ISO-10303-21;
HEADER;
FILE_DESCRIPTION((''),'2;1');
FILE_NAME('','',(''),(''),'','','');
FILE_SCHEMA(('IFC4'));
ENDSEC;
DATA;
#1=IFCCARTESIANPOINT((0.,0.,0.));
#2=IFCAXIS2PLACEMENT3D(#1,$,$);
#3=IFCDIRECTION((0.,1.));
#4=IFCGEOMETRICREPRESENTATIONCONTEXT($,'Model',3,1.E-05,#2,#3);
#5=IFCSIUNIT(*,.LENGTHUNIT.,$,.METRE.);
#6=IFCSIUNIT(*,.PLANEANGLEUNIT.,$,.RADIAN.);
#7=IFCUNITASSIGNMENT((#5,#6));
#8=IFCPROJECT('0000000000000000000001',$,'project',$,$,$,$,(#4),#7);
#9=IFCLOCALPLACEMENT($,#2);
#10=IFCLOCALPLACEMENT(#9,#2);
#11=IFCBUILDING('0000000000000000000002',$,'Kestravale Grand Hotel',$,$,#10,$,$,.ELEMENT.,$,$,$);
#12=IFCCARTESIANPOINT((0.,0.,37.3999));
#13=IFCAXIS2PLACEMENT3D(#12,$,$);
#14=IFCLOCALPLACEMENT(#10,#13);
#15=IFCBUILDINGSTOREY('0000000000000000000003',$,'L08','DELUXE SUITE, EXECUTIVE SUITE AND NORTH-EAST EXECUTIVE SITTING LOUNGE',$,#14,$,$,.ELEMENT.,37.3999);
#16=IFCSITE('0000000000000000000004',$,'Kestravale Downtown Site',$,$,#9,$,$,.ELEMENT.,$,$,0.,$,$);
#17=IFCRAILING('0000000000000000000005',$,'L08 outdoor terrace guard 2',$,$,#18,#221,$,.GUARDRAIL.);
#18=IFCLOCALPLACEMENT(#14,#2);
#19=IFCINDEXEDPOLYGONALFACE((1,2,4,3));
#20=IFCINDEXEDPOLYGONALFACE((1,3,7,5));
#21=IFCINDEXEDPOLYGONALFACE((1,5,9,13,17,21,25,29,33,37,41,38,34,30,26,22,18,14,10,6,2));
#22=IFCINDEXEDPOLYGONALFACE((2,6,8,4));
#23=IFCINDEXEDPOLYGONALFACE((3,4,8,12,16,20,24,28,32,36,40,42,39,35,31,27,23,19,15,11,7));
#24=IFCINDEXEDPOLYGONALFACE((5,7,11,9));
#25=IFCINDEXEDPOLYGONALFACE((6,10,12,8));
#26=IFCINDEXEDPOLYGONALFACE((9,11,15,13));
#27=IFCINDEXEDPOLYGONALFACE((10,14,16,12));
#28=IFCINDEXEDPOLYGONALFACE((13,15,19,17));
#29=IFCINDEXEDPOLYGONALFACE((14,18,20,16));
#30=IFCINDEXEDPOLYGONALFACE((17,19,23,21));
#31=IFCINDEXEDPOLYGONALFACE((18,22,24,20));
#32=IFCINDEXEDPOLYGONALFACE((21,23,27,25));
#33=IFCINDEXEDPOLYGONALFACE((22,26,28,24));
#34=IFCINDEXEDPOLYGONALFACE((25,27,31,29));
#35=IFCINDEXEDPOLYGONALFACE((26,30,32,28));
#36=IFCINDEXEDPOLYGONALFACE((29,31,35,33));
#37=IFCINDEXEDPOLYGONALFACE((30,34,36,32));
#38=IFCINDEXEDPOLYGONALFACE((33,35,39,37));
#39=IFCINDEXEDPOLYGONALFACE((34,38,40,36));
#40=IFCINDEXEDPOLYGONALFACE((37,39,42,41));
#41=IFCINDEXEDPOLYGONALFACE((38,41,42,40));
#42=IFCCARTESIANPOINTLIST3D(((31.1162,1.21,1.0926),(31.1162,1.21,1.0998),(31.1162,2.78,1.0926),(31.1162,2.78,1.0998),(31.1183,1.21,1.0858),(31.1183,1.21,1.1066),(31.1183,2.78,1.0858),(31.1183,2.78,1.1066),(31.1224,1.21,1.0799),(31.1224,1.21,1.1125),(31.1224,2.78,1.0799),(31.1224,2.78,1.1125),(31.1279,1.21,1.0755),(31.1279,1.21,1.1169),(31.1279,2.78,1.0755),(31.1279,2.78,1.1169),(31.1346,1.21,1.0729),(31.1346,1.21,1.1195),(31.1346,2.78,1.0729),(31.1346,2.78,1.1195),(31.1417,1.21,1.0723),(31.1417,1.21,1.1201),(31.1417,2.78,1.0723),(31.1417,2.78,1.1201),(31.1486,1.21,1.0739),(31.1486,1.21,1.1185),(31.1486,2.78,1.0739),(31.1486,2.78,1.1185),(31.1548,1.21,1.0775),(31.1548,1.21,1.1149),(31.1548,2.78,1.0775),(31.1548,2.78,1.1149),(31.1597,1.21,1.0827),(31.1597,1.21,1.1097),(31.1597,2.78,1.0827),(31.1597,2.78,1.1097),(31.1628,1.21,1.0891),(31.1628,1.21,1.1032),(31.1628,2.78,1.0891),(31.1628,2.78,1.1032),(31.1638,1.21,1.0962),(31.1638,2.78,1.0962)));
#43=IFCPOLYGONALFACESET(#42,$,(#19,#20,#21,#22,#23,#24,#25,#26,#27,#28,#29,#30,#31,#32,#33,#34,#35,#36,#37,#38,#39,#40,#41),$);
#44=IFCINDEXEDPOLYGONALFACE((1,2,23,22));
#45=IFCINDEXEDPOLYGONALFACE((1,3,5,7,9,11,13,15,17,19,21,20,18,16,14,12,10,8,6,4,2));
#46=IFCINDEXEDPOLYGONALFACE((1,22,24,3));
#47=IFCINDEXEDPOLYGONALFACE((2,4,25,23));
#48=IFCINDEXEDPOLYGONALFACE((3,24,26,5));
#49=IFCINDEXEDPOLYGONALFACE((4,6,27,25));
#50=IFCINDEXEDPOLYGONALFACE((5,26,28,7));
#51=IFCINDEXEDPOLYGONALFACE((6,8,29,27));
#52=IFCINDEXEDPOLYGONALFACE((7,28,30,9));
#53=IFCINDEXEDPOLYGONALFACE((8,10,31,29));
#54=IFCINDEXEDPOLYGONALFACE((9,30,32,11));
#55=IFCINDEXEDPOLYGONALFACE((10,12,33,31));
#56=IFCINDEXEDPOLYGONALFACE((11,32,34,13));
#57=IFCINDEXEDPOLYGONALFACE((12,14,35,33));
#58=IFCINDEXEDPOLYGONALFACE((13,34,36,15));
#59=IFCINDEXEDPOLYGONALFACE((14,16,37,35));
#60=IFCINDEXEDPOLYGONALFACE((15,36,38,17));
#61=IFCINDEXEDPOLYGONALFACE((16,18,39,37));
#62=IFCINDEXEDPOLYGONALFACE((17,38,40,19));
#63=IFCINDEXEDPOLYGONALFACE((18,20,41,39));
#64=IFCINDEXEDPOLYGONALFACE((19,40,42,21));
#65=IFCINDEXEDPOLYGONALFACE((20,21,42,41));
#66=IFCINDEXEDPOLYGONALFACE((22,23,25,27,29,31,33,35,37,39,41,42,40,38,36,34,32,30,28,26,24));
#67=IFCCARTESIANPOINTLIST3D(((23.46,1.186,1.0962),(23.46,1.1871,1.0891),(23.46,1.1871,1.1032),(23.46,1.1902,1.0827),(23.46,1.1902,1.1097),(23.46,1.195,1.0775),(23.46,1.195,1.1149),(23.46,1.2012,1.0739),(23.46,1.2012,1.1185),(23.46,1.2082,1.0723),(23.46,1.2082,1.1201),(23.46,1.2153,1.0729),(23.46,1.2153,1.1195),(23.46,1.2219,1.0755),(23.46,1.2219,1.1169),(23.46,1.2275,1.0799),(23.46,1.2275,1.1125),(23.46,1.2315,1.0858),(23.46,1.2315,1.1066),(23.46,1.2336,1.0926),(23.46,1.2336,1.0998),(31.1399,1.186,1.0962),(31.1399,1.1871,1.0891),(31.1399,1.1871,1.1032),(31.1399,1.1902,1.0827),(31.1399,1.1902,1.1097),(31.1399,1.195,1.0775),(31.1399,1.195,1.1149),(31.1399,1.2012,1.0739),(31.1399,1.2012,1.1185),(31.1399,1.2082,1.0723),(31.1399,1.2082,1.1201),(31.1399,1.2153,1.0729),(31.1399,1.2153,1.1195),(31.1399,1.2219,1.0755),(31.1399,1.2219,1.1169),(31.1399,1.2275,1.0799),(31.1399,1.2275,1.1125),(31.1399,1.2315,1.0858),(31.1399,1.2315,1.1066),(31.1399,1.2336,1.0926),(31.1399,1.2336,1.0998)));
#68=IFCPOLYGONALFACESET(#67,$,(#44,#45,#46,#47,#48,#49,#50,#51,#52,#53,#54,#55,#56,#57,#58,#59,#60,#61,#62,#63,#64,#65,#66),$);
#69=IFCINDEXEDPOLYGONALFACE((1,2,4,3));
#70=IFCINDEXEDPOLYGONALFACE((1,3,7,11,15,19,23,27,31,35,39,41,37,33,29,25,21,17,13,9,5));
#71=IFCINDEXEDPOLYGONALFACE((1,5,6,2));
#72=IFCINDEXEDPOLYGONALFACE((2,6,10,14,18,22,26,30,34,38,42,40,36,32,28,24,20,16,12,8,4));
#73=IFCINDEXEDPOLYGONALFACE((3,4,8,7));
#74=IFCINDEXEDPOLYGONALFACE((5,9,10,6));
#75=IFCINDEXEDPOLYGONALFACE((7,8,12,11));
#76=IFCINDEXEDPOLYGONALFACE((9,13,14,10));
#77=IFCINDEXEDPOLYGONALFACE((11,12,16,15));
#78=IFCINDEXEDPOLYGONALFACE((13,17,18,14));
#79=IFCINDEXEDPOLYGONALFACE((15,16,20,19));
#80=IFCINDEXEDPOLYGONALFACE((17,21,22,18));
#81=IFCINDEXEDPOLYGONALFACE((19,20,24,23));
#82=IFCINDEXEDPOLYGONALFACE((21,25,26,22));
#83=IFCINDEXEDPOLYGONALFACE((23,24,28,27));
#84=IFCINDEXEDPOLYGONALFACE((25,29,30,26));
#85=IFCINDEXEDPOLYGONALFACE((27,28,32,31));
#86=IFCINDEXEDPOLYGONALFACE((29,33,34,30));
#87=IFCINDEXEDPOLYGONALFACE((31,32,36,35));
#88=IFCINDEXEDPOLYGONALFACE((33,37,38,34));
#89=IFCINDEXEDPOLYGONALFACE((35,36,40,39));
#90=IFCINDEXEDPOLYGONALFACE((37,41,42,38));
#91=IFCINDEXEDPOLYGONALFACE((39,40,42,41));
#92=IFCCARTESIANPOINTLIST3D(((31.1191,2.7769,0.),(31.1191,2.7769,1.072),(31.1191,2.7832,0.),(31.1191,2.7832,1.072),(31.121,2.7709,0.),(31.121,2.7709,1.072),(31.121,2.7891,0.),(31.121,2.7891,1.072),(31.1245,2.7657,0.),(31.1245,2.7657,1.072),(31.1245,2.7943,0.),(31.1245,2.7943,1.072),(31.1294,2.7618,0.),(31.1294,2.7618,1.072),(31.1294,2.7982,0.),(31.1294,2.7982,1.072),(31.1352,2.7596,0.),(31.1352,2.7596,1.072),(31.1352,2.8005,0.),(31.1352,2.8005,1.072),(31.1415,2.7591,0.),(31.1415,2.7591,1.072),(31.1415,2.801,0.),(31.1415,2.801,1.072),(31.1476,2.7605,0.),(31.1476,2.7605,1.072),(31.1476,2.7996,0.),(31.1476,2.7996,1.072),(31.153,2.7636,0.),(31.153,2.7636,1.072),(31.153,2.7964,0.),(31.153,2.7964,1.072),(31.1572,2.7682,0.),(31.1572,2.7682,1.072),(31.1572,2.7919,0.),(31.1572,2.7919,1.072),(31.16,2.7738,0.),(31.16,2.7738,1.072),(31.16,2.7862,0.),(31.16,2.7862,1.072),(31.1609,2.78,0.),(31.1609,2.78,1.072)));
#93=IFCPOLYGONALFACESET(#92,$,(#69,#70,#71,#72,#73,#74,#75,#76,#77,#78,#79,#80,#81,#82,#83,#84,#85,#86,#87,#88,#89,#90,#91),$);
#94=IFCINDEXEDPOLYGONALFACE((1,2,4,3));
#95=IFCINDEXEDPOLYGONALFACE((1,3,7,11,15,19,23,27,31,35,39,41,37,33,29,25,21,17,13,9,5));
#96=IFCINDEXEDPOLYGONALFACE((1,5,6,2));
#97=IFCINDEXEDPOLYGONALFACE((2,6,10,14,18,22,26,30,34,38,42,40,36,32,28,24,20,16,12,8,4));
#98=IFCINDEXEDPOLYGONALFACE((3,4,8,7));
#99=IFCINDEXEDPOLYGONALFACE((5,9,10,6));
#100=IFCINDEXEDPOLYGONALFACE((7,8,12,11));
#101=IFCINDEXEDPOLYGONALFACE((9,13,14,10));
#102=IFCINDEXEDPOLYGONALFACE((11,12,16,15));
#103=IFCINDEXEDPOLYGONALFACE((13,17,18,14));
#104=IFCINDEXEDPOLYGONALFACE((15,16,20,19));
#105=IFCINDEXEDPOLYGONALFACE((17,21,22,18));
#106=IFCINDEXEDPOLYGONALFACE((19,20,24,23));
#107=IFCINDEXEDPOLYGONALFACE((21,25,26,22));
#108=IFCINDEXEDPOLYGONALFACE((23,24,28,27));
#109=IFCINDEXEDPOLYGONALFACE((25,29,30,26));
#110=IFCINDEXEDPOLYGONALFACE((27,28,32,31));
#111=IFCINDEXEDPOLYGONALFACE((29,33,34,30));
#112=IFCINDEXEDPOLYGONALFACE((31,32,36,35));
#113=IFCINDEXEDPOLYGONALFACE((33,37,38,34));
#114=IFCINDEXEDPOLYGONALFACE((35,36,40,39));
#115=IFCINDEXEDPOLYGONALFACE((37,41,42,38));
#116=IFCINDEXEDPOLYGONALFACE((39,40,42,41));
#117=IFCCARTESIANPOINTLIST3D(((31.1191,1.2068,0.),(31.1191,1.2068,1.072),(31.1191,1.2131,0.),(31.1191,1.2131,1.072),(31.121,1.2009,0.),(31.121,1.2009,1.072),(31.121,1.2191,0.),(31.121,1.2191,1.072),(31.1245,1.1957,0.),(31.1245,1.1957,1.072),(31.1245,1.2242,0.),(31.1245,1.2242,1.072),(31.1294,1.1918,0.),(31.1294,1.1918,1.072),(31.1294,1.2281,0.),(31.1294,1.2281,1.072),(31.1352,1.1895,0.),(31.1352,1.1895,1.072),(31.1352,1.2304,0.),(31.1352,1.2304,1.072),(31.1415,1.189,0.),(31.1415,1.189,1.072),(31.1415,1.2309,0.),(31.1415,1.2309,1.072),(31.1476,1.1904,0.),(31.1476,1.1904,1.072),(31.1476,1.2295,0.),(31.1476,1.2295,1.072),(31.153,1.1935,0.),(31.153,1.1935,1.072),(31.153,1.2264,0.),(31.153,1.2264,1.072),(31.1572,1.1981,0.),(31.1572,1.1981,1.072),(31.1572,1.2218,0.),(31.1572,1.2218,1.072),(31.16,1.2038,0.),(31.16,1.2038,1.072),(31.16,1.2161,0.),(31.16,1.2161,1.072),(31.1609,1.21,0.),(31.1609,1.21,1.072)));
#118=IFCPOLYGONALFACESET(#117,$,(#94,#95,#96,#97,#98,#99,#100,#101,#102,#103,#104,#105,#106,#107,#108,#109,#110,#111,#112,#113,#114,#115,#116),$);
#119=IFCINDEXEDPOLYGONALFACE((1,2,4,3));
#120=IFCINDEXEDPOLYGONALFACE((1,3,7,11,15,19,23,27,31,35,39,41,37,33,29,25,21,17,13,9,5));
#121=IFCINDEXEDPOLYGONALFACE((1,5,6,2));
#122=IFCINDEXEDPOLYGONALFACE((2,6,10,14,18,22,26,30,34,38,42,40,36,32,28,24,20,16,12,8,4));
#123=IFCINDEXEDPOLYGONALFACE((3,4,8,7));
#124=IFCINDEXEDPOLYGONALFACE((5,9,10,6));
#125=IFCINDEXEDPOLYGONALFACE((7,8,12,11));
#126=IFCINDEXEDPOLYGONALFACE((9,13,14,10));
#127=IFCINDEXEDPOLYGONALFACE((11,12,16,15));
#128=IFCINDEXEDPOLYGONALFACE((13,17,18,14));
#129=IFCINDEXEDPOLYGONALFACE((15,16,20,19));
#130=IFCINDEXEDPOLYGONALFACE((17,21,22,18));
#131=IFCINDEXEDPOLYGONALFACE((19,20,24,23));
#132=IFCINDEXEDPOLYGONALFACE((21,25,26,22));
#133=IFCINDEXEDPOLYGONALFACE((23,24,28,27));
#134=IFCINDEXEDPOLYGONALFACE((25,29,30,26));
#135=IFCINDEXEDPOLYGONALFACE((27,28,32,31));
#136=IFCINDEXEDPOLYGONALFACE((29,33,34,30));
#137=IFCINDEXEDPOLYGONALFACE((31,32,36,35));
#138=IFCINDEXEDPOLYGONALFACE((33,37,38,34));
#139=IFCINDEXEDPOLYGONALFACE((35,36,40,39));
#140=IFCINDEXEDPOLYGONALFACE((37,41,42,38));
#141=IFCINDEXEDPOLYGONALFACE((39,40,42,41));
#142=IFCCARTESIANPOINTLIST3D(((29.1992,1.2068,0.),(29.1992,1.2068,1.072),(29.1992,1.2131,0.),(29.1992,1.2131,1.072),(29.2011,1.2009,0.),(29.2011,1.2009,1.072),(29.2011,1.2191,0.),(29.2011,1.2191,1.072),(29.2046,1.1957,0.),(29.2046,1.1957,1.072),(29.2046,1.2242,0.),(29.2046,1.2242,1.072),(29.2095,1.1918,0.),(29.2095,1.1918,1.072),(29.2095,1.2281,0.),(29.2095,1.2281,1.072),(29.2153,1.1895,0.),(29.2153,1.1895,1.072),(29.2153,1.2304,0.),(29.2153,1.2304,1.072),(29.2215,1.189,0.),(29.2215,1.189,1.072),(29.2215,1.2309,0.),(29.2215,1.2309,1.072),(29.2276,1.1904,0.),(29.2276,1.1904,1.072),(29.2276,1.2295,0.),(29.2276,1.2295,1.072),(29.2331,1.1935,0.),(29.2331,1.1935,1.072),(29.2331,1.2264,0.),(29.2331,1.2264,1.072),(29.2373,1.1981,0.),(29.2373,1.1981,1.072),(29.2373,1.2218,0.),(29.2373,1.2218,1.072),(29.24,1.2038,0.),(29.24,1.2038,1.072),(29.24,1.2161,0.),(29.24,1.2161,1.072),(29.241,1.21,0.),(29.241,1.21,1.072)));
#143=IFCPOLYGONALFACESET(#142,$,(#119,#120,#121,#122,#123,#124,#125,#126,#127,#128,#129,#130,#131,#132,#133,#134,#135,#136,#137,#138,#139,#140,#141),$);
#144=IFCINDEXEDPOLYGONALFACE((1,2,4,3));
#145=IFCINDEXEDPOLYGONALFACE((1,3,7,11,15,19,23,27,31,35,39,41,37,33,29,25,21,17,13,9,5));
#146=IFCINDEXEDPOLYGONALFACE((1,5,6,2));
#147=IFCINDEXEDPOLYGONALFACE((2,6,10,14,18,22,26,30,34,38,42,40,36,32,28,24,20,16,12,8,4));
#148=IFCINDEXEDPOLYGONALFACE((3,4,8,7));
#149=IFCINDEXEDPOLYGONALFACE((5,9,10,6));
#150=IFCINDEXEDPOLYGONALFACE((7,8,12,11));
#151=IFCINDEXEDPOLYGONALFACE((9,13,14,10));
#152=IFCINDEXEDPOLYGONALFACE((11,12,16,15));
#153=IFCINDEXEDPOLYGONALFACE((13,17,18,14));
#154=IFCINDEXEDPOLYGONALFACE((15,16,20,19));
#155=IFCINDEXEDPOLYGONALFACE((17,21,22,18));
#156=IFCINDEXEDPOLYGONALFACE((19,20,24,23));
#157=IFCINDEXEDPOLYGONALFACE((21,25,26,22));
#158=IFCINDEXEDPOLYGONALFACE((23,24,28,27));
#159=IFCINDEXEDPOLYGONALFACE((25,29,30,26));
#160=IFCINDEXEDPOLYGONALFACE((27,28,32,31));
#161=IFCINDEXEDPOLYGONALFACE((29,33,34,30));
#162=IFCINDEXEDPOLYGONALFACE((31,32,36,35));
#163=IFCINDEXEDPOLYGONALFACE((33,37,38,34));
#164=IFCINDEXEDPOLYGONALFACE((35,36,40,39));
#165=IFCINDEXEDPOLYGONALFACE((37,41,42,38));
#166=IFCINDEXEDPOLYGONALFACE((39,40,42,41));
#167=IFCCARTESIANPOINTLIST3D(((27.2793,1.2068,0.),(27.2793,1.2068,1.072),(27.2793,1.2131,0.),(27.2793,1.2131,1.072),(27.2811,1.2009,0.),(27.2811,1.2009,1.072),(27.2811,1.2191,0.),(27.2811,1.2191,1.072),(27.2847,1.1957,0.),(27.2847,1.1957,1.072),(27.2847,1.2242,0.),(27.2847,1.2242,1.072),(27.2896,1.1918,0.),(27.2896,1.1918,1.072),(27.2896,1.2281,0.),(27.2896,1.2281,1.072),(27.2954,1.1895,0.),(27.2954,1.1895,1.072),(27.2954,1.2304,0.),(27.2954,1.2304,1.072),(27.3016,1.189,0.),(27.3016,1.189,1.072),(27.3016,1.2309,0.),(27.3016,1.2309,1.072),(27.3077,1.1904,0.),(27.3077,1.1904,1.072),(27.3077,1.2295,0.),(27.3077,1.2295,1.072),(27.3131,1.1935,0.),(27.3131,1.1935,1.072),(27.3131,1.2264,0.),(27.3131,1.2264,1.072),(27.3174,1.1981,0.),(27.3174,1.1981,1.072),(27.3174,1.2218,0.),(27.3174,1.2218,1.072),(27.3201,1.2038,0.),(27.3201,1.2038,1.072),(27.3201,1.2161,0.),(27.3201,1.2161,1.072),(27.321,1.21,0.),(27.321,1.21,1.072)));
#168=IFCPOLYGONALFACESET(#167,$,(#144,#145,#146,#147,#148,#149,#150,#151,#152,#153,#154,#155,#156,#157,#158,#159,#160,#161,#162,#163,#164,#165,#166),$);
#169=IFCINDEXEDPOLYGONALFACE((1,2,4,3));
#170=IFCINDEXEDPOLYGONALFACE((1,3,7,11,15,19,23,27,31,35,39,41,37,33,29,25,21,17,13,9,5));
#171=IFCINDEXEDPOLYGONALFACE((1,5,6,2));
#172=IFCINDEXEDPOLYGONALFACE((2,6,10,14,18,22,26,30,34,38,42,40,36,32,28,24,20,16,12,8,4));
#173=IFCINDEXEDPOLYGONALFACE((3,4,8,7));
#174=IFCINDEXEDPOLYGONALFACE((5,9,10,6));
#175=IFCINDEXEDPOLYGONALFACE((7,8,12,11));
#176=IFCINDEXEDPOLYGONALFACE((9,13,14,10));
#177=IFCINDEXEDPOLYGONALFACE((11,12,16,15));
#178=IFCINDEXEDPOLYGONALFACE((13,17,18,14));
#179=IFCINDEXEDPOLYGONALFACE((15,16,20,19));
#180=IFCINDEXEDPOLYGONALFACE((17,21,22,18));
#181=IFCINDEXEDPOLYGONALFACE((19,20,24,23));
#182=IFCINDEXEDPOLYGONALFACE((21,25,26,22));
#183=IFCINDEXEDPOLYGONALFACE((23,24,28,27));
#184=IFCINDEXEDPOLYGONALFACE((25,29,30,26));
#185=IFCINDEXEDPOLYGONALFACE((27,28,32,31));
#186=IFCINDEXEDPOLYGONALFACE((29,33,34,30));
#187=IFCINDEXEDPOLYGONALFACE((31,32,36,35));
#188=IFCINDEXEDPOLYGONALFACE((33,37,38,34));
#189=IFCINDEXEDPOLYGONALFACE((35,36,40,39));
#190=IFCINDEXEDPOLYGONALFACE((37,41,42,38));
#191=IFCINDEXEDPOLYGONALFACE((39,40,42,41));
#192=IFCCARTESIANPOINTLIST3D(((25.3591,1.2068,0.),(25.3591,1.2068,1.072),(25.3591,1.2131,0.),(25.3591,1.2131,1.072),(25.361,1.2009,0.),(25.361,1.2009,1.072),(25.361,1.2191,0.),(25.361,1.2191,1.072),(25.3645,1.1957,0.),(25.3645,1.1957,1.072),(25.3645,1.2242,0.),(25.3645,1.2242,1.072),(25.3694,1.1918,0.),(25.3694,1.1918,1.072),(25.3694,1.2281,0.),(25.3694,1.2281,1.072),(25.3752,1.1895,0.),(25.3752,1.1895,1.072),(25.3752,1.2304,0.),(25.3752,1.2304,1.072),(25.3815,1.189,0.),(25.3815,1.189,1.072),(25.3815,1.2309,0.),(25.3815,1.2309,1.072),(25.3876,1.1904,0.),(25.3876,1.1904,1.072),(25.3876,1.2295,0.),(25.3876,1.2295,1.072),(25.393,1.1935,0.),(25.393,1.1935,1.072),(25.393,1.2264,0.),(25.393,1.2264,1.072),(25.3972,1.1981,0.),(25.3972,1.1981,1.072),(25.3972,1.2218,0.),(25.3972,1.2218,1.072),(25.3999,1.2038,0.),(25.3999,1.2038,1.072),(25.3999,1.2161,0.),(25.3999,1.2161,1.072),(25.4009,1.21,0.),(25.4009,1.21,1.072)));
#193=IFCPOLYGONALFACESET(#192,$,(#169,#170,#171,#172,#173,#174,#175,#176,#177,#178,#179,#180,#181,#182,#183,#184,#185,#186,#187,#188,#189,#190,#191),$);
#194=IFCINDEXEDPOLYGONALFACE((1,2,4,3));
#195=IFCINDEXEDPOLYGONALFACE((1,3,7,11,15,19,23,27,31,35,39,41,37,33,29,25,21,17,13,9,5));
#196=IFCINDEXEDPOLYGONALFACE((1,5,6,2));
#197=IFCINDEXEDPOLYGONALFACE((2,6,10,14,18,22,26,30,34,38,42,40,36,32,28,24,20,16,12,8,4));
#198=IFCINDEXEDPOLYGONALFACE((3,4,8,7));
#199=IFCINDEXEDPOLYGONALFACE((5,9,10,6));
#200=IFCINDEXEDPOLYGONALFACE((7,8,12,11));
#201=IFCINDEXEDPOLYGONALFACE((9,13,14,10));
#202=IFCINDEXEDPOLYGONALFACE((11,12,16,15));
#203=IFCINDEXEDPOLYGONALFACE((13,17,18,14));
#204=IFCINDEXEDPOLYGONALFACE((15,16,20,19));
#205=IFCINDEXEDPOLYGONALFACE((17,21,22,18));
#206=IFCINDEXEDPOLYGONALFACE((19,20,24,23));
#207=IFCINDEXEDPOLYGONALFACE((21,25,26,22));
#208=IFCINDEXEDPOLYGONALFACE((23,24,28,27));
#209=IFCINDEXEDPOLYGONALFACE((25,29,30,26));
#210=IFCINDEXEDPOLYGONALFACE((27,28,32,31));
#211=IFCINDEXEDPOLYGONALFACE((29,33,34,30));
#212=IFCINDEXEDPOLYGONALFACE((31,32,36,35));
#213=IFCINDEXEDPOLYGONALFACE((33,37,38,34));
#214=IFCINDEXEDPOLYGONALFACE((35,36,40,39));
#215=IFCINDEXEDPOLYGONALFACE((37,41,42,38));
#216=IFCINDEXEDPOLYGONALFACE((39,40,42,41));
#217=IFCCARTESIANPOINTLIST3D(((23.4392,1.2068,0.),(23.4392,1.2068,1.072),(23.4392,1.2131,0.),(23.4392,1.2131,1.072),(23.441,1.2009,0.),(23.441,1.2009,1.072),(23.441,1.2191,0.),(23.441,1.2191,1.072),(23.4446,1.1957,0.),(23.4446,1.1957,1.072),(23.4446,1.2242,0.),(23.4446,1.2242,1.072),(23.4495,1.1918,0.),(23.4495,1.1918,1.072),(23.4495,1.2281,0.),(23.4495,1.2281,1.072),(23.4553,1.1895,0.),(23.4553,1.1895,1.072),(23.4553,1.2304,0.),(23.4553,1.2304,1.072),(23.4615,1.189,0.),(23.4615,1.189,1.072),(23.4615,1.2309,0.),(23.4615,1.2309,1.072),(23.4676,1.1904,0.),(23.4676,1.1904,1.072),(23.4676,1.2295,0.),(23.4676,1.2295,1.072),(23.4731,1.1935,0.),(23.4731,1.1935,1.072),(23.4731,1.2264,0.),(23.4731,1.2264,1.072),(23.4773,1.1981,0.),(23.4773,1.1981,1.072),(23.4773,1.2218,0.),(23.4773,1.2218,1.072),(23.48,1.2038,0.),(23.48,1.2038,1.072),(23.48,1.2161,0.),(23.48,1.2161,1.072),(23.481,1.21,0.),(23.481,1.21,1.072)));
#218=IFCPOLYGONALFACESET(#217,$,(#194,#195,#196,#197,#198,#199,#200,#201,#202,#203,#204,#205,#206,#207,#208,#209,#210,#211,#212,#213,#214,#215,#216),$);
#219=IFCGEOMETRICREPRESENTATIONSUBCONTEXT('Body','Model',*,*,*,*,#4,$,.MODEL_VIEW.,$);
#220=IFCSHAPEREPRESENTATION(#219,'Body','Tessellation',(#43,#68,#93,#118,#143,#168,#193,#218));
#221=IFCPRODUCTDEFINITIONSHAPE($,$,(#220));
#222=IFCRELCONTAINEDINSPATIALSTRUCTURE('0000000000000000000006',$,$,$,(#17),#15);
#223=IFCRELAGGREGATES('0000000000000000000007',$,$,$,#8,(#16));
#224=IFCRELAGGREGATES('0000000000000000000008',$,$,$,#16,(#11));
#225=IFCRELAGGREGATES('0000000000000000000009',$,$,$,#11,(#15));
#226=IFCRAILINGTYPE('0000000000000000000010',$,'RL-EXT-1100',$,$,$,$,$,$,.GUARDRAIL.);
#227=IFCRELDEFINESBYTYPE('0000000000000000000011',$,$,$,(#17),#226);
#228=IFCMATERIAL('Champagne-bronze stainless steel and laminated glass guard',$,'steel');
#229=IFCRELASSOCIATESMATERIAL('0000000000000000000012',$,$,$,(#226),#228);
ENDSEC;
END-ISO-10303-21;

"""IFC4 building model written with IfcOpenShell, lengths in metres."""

from ifc_helpers import new_model, si_unit, direction, frame, origin, origin_2d, place, context, subcontext, project, spatial, circle, extrude, material, type_object, element, save


model = new_model("IFC4")

# Units and contexts
model_context = context("Model", 3, precision=1e-05, world=origin(), true_north=direction((0.0, 1.0)))
body_context = subcontext(model_context, "Body", "Model", "MODEL_VIEW")
ifc_project = project(units=[si_unit("LENGTHUNIT", "METRE"), si_unit("PLANEANGLEUNIT", "RADIAN")], contexts=[model_context])

# Site, building, storey
site_placement = place(None, origin())
site = spatial("IfcSite", under=ifc_project, at=site_placement, Name="Kestravale Downtown Site", CompositionType="ELEMENT", RefElevation=0.0)
building_placement = place(site_placement, origin())
building = spatial("IfcBuilding", under=site, at=building_placement, Name="Kestravale Grand Hotel", CompositionType="ELEMENT")
storey_placement = place(building_placement, frame((0.0, 0.0, 37.3999)))
storey = spatial("IfcBuildingStorey", under=building, at=storey_placement, Name="L08", Description="DELUXE SUITE, EXECUTIVE SUITE AND NORTH-EAST EXECUTIVE SITTING LOUNGE", CompositionType="ELEMENT", Elevation=37.3999)

# Railing
ifc_material_1 = material(Name="Champagne-bronze stainless steel and laminated glass guard", Category="steel")
railing_type = type_object("IfcRailingType", Name="RL-EXT-1100", PredefinedType="GUARDRAIL", material=ifc_material_1)
railing_1_placement = place(storey_placement, frame((31.1399, 2.78, 0.0)))
element("IfcRailing", 1, at=railing_1_placement, inside=storey, type_object=railing_type, Name="L08 outdoor terrace guard 2", PredefinedType="GUARDRAIL", context=body_context, shape_type="SweptSolid", body=[
    extrude(circle(Radius=0.0239, at=origin_2d()), frame((0.0, 0.0, 1.0962), z_axis=(0.0, -1.0, 0.0), x_axis=(1.0, 0.0, 0.0)), (0.0, 0.0, 1.0), 1.5701),
    extrude(circle(Radius=0.0239, at=origin_2d()), frame((0.0, -1.5701, 1.0962), z_axis=(-1.0, 0.0, 0.0), x_axis=(0.0, -1.0, 0.0)), (0.0, 0.0, 1.0), 7.6799),
    extrude(circle(Radius=0.021, at=origin_2d()), origin(), (0.0, 0.0, 1.0), 1.072),
    extrude(circle(Radius=0.021, at=origin_2d()), frame((0.0, -1.5701, 0.0)), (0.0, 0.0, 1.0), 1.072),
    extrude(circle(Radius=0.021, at=origin_2d()), frame((-1.9199, -1.5701, 0.0)), (0.0, 0.0, 1.0), 1.072),
    extrude(circle(Radius=0.021, at=origin_2d()), frame((-3.8398, -1.5701, 0.0)), (0.0, 0.0, 1.0), 1.072),
    extrude(circle(Radius=0.021, at=origin_2d()), frame((-5.76, -1.5701, 0.0)), (0.0, 0.0, 1.0), 1.072),
    extrude(circle(Radius=0.021, at=origin_2d()), frame((-7.6799, -1.5701, 0.0)), (0.0, 0.0, 1.0), 1.072),
])

save(model, "model.ifc")
